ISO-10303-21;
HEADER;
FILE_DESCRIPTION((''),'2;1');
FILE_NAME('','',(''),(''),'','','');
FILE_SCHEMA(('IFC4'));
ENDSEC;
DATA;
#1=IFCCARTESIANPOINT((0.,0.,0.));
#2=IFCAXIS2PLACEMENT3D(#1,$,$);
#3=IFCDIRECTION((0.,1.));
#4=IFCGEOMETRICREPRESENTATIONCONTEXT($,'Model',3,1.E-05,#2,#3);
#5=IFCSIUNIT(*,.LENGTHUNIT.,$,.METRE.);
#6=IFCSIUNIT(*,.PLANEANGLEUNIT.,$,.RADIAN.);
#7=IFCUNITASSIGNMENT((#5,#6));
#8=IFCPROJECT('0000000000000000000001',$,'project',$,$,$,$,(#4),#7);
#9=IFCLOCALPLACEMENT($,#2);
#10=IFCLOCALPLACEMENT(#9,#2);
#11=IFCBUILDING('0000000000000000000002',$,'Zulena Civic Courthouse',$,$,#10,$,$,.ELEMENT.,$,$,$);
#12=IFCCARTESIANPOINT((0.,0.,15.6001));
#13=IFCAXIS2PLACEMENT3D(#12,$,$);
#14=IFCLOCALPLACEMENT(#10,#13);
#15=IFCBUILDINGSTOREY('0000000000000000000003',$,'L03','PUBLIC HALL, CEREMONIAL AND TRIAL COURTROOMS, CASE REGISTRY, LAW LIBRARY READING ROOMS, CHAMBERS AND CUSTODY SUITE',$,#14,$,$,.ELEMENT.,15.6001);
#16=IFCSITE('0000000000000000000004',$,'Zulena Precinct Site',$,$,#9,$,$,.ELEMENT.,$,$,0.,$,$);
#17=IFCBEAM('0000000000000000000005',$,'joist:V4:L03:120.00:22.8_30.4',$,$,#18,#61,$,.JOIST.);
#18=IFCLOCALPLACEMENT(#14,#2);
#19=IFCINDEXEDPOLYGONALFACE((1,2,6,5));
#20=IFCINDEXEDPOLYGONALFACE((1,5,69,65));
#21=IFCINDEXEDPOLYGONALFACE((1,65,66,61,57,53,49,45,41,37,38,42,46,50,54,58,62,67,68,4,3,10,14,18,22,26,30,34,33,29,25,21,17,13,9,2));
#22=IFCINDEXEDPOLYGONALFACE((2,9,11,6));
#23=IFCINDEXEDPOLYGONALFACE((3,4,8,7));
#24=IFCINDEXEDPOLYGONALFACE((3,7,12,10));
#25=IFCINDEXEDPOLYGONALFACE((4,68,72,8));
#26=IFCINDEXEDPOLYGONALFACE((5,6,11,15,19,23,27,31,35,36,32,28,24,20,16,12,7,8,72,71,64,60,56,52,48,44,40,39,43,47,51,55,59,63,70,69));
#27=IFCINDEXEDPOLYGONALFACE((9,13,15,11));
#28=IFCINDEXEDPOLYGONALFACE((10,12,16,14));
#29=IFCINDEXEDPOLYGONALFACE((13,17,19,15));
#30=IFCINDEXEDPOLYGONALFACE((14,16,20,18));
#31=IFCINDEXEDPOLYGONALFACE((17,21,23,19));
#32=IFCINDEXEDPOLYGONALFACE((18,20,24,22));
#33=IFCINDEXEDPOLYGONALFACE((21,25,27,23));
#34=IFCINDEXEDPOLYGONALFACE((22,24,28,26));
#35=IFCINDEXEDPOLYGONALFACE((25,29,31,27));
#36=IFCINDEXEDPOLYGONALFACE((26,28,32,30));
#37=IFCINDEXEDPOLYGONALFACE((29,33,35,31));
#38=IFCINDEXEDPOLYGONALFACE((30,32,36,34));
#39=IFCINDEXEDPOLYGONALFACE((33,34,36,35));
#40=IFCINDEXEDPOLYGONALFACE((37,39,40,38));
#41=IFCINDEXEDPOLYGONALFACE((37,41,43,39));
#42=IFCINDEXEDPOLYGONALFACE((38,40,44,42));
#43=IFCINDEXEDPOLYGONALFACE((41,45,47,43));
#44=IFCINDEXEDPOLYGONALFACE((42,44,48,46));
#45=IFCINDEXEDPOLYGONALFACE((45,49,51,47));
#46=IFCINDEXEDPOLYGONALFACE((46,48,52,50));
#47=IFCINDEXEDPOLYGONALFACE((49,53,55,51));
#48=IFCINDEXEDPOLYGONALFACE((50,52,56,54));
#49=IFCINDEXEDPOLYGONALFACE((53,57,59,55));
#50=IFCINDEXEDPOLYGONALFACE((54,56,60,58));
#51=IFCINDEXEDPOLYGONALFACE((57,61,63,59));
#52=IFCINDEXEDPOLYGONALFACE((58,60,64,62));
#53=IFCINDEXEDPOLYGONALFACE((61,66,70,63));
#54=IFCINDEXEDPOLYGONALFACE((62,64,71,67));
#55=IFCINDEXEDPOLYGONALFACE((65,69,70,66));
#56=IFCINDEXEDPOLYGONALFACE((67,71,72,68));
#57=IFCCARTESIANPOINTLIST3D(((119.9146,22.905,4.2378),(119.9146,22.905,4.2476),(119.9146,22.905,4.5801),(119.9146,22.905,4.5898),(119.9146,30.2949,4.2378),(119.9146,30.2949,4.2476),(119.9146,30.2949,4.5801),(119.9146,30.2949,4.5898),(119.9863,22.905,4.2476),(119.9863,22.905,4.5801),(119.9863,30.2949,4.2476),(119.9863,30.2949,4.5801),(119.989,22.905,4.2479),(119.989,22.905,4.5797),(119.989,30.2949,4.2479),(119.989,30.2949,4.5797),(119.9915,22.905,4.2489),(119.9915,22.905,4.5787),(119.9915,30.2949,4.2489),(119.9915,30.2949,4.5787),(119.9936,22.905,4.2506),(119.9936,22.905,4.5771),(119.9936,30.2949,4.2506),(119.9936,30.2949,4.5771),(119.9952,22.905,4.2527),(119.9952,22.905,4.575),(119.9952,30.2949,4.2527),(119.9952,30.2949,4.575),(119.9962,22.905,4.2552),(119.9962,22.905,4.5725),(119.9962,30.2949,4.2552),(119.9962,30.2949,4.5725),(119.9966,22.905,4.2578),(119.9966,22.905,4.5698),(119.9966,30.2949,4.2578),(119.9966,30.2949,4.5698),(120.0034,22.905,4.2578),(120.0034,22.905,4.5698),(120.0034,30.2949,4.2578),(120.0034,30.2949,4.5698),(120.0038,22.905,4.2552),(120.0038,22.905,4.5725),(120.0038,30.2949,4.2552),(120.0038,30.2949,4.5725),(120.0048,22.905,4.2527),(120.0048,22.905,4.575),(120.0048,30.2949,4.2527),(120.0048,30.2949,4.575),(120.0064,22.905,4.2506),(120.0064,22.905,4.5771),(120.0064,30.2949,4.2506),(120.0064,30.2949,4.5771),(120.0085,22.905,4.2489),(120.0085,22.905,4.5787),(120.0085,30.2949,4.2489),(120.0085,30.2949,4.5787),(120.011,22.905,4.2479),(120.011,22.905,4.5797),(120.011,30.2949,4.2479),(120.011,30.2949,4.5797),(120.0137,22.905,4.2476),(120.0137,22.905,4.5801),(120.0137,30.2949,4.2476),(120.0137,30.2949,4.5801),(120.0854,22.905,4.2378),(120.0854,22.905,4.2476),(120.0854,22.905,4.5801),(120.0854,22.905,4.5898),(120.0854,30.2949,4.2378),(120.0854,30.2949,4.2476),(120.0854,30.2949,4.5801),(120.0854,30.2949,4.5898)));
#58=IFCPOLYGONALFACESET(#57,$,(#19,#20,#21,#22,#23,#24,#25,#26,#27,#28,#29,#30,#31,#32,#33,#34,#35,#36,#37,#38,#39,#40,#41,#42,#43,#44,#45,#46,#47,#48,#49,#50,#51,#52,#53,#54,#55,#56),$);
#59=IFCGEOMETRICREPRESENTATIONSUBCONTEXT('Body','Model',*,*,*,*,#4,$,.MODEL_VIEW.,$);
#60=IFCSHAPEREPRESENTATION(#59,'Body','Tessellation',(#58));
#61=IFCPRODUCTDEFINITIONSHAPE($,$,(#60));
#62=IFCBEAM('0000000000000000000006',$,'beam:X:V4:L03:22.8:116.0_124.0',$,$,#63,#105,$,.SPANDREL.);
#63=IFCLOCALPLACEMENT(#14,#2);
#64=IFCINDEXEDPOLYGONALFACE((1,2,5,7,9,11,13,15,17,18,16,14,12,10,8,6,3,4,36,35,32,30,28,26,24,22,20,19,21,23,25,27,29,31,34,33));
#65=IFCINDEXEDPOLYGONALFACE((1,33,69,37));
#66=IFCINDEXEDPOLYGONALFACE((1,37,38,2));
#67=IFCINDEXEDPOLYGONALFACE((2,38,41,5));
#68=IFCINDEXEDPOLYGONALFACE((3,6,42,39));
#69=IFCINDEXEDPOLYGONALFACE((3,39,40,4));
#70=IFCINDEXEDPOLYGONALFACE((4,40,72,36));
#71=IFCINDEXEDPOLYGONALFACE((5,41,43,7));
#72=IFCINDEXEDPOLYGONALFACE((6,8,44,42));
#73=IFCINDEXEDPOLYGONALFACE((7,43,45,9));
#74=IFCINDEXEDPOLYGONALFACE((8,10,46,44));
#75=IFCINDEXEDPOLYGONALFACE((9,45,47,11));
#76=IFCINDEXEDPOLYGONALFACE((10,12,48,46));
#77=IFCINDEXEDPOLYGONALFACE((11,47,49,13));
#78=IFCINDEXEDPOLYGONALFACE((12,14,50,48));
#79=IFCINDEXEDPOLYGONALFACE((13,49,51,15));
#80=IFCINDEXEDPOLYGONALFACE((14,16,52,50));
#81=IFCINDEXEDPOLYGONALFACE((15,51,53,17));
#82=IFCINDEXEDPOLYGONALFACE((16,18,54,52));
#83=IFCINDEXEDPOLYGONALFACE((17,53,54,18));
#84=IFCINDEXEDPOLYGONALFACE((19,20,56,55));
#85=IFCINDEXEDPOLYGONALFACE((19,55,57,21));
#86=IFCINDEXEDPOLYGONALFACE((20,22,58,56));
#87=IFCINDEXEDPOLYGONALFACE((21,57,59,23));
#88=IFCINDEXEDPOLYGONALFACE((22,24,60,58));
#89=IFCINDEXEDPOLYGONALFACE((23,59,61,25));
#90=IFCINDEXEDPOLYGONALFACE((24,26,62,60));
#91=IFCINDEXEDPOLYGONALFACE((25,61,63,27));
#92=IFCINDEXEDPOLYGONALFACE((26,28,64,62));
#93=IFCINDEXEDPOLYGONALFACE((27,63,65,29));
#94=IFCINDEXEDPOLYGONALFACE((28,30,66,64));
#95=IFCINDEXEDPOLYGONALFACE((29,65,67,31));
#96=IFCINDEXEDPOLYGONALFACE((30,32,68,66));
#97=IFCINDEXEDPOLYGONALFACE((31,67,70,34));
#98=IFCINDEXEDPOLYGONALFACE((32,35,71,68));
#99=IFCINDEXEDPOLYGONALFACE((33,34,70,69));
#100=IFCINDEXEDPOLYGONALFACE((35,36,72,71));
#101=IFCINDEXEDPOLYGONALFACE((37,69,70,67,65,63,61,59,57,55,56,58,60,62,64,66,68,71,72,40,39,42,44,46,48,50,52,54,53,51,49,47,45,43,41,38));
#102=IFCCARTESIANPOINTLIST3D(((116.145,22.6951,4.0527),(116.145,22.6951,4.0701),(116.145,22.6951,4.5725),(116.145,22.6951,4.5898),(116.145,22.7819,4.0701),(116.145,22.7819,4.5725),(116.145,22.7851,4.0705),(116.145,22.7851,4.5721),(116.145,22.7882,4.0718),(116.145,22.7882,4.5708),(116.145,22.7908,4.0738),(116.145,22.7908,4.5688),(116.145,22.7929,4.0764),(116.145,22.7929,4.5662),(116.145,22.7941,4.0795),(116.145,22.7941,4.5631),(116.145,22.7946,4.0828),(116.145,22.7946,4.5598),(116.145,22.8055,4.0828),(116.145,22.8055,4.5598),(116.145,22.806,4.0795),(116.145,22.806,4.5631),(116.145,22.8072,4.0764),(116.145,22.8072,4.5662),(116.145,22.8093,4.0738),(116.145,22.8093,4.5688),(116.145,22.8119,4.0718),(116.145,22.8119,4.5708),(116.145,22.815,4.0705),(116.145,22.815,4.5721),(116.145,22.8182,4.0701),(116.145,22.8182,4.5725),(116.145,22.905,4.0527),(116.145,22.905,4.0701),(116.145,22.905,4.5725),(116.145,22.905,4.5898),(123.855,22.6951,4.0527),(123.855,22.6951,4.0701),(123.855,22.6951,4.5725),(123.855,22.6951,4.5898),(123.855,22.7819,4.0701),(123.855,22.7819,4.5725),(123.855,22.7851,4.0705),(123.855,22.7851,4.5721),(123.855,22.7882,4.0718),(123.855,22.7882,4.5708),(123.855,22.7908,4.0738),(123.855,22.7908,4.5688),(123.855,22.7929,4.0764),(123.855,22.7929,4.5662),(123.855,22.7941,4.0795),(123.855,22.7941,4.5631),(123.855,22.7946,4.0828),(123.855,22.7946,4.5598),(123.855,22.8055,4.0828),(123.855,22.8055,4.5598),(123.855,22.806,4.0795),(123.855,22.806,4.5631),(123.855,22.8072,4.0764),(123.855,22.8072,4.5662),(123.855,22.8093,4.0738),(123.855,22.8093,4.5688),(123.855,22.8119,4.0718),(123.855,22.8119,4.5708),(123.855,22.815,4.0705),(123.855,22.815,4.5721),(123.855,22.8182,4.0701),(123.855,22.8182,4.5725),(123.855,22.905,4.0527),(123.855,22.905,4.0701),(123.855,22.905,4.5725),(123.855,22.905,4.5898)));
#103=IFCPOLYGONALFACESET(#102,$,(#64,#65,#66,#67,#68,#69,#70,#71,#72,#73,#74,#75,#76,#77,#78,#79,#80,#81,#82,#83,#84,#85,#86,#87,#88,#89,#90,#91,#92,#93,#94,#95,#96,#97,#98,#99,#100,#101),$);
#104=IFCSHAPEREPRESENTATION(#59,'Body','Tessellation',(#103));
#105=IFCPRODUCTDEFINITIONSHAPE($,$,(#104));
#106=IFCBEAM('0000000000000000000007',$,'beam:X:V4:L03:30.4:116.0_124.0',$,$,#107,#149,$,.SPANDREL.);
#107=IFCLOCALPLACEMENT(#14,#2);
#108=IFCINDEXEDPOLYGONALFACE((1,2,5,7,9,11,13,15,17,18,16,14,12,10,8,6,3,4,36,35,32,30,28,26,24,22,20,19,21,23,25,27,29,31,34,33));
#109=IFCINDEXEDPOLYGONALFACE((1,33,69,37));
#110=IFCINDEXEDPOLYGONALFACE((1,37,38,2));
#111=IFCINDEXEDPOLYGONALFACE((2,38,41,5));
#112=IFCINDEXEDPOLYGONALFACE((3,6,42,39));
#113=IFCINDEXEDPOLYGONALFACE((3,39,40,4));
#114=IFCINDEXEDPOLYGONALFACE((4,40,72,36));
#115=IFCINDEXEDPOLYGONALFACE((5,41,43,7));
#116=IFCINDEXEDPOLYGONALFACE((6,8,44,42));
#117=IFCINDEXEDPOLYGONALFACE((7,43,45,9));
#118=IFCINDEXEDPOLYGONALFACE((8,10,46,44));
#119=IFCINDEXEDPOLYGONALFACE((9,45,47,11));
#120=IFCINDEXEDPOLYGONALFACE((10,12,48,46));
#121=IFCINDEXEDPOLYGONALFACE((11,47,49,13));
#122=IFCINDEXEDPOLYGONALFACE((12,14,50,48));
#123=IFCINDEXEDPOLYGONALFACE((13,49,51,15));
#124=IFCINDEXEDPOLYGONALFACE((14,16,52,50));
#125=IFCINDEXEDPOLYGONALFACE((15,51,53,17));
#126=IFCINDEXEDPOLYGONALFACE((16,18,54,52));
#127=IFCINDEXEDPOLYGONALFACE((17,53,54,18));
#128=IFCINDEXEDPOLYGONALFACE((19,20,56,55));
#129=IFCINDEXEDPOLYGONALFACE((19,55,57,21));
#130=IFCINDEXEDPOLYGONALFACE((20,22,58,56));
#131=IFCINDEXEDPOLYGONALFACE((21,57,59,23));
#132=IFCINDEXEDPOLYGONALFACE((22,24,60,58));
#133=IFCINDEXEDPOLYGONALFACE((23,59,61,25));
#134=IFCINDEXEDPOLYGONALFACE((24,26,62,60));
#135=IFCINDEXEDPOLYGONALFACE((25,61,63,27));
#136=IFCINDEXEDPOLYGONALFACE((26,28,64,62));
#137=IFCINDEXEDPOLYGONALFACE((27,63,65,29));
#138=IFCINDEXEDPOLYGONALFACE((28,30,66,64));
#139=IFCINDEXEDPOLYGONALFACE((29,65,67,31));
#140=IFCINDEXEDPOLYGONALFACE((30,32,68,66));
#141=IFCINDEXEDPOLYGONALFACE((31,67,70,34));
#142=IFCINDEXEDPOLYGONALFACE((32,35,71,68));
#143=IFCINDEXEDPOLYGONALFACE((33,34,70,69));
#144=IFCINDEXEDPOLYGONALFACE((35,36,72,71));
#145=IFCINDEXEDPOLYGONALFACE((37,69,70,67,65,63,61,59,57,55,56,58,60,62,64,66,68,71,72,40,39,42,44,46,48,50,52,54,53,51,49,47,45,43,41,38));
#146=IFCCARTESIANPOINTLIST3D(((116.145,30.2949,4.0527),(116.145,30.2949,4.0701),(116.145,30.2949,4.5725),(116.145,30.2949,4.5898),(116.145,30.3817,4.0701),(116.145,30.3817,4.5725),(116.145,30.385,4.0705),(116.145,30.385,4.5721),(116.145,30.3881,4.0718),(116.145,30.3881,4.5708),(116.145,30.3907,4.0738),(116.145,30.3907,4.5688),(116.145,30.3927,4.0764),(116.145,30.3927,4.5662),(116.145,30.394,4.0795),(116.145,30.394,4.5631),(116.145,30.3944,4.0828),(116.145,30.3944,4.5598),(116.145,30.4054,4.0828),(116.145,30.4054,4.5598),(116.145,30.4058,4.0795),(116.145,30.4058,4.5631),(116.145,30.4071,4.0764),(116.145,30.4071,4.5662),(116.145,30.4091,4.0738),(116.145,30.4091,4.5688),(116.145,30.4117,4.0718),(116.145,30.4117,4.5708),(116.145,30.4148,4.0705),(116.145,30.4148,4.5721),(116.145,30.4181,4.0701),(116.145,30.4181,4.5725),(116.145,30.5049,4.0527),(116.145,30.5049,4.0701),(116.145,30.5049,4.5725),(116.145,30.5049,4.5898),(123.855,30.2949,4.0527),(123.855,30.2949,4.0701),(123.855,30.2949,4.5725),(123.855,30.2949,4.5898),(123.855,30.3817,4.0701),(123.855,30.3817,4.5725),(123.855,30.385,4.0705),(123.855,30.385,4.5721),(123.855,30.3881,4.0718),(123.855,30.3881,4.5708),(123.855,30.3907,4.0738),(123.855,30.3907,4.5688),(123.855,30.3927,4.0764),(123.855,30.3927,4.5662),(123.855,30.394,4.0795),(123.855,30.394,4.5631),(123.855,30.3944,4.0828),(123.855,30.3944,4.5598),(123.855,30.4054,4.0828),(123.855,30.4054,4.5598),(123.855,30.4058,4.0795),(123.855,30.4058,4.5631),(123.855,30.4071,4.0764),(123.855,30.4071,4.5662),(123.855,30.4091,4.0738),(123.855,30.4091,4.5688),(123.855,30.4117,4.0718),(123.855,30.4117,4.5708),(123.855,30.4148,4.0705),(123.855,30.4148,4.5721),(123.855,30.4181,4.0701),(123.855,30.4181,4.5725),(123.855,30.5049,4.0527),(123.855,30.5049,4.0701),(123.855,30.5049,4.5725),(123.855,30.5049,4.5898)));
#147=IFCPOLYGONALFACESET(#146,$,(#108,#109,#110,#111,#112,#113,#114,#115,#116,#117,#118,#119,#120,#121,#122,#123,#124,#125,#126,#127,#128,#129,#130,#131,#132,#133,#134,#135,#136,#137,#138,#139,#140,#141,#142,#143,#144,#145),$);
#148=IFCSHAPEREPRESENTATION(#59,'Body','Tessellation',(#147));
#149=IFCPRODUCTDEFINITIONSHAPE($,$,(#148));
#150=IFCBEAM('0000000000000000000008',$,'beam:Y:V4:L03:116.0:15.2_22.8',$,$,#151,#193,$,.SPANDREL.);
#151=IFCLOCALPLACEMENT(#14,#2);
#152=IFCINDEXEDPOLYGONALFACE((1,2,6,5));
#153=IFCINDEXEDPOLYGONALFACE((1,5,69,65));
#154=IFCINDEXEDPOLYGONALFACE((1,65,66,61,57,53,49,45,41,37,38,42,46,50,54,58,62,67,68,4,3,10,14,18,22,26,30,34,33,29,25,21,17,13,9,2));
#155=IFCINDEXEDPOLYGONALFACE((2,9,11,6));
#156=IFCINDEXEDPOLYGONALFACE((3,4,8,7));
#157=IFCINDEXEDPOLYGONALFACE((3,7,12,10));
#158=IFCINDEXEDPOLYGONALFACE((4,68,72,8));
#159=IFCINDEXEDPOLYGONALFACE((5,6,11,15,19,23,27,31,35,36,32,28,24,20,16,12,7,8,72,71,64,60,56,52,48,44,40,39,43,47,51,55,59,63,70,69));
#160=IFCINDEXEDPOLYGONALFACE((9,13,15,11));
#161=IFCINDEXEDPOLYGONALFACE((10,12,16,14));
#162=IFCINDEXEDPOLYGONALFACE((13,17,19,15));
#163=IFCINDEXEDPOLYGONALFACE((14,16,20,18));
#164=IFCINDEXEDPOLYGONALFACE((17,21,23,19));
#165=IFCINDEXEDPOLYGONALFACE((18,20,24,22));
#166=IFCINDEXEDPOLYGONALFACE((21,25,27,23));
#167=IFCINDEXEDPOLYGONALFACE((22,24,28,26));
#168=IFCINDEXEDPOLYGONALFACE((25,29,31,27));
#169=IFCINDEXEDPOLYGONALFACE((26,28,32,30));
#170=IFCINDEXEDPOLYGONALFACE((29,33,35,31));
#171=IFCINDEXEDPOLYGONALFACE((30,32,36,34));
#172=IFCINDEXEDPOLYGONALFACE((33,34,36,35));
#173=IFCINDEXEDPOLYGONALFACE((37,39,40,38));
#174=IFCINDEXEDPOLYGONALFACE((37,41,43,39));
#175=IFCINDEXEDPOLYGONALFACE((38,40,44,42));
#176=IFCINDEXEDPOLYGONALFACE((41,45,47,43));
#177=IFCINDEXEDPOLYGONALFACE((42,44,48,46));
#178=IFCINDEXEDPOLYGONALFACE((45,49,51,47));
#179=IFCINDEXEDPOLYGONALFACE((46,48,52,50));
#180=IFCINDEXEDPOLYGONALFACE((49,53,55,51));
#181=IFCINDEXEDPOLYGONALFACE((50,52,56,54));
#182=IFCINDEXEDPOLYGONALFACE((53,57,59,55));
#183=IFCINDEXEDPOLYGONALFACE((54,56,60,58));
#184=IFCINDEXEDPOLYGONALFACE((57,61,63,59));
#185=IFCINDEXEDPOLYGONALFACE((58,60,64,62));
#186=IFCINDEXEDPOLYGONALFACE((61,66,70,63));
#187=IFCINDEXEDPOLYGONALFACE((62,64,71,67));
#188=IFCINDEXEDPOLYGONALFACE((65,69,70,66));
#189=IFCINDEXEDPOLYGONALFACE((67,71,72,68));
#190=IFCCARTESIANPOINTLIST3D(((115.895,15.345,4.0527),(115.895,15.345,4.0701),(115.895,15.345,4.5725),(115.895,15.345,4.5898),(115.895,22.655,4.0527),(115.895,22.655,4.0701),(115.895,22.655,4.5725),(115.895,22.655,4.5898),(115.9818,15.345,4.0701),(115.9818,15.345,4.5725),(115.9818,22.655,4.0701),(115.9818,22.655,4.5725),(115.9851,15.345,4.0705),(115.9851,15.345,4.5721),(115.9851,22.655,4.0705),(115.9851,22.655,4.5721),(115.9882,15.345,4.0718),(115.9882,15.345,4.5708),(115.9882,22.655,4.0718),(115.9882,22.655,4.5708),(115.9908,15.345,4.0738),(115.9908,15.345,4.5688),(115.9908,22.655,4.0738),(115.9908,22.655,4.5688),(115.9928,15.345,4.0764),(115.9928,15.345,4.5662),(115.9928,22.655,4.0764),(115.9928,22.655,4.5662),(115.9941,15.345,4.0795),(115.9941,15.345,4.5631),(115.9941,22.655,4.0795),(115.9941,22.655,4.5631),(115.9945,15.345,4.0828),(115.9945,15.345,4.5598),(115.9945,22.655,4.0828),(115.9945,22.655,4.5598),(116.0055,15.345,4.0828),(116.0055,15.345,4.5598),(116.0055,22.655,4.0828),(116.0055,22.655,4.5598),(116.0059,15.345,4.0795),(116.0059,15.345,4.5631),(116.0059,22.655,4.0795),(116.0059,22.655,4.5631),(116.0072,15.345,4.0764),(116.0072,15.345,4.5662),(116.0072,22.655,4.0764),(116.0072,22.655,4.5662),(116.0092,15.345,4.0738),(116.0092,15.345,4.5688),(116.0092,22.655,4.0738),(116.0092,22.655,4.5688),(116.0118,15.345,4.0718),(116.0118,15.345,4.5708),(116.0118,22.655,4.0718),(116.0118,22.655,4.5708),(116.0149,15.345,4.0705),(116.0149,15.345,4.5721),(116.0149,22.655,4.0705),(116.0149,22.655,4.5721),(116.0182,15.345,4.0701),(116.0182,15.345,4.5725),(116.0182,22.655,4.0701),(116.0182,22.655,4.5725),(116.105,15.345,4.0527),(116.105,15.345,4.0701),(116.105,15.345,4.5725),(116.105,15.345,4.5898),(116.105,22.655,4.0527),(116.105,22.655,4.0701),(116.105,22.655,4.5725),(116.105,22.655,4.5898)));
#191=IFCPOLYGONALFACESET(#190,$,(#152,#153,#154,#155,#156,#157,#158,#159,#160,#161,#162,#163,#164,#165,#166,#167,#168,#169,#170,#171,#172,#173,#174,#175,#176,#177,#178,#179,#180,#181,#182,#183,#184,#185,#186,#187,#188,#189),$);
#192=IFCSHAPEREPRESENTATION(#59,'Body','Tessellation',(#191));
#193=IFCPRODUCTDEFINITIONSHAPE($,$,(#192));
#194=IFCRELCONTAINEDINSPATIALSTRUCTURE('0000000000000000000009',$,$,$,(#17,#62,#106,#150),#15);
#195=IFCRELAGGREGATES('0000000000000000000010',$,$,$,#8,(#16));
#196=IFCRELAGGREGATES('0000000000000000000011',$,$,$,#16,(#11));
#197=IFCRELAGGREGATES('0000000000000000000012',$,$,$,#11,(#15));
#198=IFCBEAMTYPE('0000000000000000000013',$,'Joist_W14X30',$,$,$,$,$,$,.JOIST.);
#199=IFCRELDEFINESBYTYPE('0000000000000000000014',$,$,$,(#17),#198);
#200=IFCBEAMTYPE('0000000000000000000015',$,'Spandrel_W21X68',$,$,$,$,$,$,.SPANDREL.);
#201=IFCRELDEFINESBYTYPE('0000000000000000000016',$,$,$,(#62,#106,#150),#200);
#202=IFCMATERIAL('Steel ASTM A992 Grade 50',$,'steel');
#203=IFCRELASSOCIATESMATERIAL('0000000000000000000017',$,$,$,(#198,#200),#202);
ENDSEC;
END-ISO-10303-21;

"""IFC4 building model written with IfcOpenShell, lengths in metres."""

from ifc_helpers import new_model, si_unit, direction, frame, origin, origin_2d, place, context, subcontext, project, spatial, i_section, extrude, material, material_profile, profile_set, type_object, element, save


model = new_model("IFC4")

# Units and contexts
model_context = context("Model", 3, precision=1e-05, world=origin(), true_north=direction((0.0, 1.0)))
body_context = subcontext(model_context, "Body", "Model", "MODEL_VIEW")
ifc_project = project(units=[si_unit("LENGTHUNIT", "METRE"), si_unit("PLANEANGLEUNIT", "RADIAN")], contexts=[model_context])

# Site, building, storey
site_placement = place(None, origin())
site = spatial("IfcSite", under=ifc_project, at=site_placement, Name="Zulena Precinct Site", CompositionType="ELEMENT", RefElevation=0.0)
building_placement = place(site_placement, origin())
building = spatial("IfcBuilding", under=site, at=building_placement, Name="Zulena Civic Courthouse", CompositionType="ELEMENT")
storey_placement = place(building_placement, frame((0.0, 0.0, 15.6001)))
storey = spatial("IfcBuildingStorey", under=building, at=storey_placement, Name="L03", Description="PUBLIC HALL, CEREMONIAL AND TRIAL COURTROOMS, CASE REGISTRY, LAW LIBRARY READING ROOMS, CHAMBERS AND CUSTODY SUITE", CompositionType="ELEMENT", Elevation=15.6001)

# Shared definitions
ifc_material_1 = material(Name="Steel ASTM A992 Grade 50", Category="steel")

# Beams
ifc_material_profile_1 = material_profile(ifc_material_1, i_section(OverallWidth=0.1709, OverallDepth=0.3521, WebThickness=0.0068, FlangeThickness=0.0098, FilletRadius=0.0103, at=origin_2d()), Name="W14X30")
ifc_profile_set_1 = profile_set([ifc_material_profile_1], Name="Steel ASTM A992 Grade 50")
beam_type_1 = type_object("IfcBeamType", Name="Joist_W14X30", PredefinedType="JOIST", material=ifc_profile_set_1)
beam_1_placement = place(storey_placement, frame((120.0, 22.905, 4.4138), z_axis=(0.0, 1.0, 0.0), x_axis=(-1.0, 0.0, 0.0)))
element("IfcBeam", 1, at=beam_1_placement, inside=storey, type_object=beam_type_1, Name="joist:V4:L03:120.00:22.8_30.4", PredefinedType="JOIST", context=body_context, shape_type="SweptSolid", body=[
    extrude(i_section(OverallWidth=0.1709, OverallDepth=0.3521, WebThickness=0.0068, FlangeThickness=0.0098, FilletRadius=0.0103, at=origin_2d()), origin(), (0.0, 0.0, 1.0), 7.3899),
])
ifc_material_profile_2 = material_profile(ifc_material_1, i_section(OverallWidth=0.21, OverallDepth=0.5371, WebThickness=0.011, FlangeThickness=0.0173, FilletRadius=0.0127, at=origin_2d()), Name="W21X68")
ifc_profile_set_2 = profile_set([ifc_material_profile_2], Name="Steel ASTM A992 Grade 50")
beam_type_2 = type_object("IfcBeamType", Name="Spandrel_W21X68", PredefinedType="SPANDREL", material=ifc_profile_set_2)
for number, where, z_axis, x_axis, name in (
    (2, (116.145, 22.8, 4.3213), (1.0, 0.0, 0.0), (0.0, 1.0, 0.0), "beam:X:V4:L03:22.8:116.0_124.0"),
    (3, (116.145, 30.3999, 4.3213), (1.0, 0.0, 0.0), (0.0, 1.0, 0.0), "beam:X:V4:L03:30.4:116.0_124.0"),
):
    element("IfcBeam", number, at=place(storey_placement, frame(where, z_axis=z_axis, x_axis=x_axis)), inside=storey, type_object=beam_type_2, Name=name, PredefinedType="SPANDREL", context=body_context, shape_type="SweptSolid", body=[
        extrude(i_section(OverallWidth=0.21, OverallDepth=0.5371, WebThickness=0.011, FlangeThickness=0.0173, FilletRadius=0.0127, at=origin_2d()), origin(), (0.0, 0.0, 1.0), 7.71),
    ])
beam_2_placement = place(storey_placement, frame((116.0, 15.345, 4.3213), z_axis=(0.0, 1.0, 0.0), x_axis=(-1.0, 0.0, 0.0)))
element("IfcBeam", 4, at=beam_2_placement, inside=storey, type_object=beam_type_2, Name="beam:Y:V4:L03:116.0:15.2_22.8", PredefinedType="SPANDREL", context=body_context, shape_type="SweptSolid", body=[
    extrude(i_section(OverallWidth=0.21, OverallDepth=0.5371, WebThickness=0.011, FlangeThickness=0.0173, FilletRadius=0.0127, at=origin_2d()), origin(), (0.0, 0.0, 1.0), 7.3101),
])

save(model, "model.ifc")
